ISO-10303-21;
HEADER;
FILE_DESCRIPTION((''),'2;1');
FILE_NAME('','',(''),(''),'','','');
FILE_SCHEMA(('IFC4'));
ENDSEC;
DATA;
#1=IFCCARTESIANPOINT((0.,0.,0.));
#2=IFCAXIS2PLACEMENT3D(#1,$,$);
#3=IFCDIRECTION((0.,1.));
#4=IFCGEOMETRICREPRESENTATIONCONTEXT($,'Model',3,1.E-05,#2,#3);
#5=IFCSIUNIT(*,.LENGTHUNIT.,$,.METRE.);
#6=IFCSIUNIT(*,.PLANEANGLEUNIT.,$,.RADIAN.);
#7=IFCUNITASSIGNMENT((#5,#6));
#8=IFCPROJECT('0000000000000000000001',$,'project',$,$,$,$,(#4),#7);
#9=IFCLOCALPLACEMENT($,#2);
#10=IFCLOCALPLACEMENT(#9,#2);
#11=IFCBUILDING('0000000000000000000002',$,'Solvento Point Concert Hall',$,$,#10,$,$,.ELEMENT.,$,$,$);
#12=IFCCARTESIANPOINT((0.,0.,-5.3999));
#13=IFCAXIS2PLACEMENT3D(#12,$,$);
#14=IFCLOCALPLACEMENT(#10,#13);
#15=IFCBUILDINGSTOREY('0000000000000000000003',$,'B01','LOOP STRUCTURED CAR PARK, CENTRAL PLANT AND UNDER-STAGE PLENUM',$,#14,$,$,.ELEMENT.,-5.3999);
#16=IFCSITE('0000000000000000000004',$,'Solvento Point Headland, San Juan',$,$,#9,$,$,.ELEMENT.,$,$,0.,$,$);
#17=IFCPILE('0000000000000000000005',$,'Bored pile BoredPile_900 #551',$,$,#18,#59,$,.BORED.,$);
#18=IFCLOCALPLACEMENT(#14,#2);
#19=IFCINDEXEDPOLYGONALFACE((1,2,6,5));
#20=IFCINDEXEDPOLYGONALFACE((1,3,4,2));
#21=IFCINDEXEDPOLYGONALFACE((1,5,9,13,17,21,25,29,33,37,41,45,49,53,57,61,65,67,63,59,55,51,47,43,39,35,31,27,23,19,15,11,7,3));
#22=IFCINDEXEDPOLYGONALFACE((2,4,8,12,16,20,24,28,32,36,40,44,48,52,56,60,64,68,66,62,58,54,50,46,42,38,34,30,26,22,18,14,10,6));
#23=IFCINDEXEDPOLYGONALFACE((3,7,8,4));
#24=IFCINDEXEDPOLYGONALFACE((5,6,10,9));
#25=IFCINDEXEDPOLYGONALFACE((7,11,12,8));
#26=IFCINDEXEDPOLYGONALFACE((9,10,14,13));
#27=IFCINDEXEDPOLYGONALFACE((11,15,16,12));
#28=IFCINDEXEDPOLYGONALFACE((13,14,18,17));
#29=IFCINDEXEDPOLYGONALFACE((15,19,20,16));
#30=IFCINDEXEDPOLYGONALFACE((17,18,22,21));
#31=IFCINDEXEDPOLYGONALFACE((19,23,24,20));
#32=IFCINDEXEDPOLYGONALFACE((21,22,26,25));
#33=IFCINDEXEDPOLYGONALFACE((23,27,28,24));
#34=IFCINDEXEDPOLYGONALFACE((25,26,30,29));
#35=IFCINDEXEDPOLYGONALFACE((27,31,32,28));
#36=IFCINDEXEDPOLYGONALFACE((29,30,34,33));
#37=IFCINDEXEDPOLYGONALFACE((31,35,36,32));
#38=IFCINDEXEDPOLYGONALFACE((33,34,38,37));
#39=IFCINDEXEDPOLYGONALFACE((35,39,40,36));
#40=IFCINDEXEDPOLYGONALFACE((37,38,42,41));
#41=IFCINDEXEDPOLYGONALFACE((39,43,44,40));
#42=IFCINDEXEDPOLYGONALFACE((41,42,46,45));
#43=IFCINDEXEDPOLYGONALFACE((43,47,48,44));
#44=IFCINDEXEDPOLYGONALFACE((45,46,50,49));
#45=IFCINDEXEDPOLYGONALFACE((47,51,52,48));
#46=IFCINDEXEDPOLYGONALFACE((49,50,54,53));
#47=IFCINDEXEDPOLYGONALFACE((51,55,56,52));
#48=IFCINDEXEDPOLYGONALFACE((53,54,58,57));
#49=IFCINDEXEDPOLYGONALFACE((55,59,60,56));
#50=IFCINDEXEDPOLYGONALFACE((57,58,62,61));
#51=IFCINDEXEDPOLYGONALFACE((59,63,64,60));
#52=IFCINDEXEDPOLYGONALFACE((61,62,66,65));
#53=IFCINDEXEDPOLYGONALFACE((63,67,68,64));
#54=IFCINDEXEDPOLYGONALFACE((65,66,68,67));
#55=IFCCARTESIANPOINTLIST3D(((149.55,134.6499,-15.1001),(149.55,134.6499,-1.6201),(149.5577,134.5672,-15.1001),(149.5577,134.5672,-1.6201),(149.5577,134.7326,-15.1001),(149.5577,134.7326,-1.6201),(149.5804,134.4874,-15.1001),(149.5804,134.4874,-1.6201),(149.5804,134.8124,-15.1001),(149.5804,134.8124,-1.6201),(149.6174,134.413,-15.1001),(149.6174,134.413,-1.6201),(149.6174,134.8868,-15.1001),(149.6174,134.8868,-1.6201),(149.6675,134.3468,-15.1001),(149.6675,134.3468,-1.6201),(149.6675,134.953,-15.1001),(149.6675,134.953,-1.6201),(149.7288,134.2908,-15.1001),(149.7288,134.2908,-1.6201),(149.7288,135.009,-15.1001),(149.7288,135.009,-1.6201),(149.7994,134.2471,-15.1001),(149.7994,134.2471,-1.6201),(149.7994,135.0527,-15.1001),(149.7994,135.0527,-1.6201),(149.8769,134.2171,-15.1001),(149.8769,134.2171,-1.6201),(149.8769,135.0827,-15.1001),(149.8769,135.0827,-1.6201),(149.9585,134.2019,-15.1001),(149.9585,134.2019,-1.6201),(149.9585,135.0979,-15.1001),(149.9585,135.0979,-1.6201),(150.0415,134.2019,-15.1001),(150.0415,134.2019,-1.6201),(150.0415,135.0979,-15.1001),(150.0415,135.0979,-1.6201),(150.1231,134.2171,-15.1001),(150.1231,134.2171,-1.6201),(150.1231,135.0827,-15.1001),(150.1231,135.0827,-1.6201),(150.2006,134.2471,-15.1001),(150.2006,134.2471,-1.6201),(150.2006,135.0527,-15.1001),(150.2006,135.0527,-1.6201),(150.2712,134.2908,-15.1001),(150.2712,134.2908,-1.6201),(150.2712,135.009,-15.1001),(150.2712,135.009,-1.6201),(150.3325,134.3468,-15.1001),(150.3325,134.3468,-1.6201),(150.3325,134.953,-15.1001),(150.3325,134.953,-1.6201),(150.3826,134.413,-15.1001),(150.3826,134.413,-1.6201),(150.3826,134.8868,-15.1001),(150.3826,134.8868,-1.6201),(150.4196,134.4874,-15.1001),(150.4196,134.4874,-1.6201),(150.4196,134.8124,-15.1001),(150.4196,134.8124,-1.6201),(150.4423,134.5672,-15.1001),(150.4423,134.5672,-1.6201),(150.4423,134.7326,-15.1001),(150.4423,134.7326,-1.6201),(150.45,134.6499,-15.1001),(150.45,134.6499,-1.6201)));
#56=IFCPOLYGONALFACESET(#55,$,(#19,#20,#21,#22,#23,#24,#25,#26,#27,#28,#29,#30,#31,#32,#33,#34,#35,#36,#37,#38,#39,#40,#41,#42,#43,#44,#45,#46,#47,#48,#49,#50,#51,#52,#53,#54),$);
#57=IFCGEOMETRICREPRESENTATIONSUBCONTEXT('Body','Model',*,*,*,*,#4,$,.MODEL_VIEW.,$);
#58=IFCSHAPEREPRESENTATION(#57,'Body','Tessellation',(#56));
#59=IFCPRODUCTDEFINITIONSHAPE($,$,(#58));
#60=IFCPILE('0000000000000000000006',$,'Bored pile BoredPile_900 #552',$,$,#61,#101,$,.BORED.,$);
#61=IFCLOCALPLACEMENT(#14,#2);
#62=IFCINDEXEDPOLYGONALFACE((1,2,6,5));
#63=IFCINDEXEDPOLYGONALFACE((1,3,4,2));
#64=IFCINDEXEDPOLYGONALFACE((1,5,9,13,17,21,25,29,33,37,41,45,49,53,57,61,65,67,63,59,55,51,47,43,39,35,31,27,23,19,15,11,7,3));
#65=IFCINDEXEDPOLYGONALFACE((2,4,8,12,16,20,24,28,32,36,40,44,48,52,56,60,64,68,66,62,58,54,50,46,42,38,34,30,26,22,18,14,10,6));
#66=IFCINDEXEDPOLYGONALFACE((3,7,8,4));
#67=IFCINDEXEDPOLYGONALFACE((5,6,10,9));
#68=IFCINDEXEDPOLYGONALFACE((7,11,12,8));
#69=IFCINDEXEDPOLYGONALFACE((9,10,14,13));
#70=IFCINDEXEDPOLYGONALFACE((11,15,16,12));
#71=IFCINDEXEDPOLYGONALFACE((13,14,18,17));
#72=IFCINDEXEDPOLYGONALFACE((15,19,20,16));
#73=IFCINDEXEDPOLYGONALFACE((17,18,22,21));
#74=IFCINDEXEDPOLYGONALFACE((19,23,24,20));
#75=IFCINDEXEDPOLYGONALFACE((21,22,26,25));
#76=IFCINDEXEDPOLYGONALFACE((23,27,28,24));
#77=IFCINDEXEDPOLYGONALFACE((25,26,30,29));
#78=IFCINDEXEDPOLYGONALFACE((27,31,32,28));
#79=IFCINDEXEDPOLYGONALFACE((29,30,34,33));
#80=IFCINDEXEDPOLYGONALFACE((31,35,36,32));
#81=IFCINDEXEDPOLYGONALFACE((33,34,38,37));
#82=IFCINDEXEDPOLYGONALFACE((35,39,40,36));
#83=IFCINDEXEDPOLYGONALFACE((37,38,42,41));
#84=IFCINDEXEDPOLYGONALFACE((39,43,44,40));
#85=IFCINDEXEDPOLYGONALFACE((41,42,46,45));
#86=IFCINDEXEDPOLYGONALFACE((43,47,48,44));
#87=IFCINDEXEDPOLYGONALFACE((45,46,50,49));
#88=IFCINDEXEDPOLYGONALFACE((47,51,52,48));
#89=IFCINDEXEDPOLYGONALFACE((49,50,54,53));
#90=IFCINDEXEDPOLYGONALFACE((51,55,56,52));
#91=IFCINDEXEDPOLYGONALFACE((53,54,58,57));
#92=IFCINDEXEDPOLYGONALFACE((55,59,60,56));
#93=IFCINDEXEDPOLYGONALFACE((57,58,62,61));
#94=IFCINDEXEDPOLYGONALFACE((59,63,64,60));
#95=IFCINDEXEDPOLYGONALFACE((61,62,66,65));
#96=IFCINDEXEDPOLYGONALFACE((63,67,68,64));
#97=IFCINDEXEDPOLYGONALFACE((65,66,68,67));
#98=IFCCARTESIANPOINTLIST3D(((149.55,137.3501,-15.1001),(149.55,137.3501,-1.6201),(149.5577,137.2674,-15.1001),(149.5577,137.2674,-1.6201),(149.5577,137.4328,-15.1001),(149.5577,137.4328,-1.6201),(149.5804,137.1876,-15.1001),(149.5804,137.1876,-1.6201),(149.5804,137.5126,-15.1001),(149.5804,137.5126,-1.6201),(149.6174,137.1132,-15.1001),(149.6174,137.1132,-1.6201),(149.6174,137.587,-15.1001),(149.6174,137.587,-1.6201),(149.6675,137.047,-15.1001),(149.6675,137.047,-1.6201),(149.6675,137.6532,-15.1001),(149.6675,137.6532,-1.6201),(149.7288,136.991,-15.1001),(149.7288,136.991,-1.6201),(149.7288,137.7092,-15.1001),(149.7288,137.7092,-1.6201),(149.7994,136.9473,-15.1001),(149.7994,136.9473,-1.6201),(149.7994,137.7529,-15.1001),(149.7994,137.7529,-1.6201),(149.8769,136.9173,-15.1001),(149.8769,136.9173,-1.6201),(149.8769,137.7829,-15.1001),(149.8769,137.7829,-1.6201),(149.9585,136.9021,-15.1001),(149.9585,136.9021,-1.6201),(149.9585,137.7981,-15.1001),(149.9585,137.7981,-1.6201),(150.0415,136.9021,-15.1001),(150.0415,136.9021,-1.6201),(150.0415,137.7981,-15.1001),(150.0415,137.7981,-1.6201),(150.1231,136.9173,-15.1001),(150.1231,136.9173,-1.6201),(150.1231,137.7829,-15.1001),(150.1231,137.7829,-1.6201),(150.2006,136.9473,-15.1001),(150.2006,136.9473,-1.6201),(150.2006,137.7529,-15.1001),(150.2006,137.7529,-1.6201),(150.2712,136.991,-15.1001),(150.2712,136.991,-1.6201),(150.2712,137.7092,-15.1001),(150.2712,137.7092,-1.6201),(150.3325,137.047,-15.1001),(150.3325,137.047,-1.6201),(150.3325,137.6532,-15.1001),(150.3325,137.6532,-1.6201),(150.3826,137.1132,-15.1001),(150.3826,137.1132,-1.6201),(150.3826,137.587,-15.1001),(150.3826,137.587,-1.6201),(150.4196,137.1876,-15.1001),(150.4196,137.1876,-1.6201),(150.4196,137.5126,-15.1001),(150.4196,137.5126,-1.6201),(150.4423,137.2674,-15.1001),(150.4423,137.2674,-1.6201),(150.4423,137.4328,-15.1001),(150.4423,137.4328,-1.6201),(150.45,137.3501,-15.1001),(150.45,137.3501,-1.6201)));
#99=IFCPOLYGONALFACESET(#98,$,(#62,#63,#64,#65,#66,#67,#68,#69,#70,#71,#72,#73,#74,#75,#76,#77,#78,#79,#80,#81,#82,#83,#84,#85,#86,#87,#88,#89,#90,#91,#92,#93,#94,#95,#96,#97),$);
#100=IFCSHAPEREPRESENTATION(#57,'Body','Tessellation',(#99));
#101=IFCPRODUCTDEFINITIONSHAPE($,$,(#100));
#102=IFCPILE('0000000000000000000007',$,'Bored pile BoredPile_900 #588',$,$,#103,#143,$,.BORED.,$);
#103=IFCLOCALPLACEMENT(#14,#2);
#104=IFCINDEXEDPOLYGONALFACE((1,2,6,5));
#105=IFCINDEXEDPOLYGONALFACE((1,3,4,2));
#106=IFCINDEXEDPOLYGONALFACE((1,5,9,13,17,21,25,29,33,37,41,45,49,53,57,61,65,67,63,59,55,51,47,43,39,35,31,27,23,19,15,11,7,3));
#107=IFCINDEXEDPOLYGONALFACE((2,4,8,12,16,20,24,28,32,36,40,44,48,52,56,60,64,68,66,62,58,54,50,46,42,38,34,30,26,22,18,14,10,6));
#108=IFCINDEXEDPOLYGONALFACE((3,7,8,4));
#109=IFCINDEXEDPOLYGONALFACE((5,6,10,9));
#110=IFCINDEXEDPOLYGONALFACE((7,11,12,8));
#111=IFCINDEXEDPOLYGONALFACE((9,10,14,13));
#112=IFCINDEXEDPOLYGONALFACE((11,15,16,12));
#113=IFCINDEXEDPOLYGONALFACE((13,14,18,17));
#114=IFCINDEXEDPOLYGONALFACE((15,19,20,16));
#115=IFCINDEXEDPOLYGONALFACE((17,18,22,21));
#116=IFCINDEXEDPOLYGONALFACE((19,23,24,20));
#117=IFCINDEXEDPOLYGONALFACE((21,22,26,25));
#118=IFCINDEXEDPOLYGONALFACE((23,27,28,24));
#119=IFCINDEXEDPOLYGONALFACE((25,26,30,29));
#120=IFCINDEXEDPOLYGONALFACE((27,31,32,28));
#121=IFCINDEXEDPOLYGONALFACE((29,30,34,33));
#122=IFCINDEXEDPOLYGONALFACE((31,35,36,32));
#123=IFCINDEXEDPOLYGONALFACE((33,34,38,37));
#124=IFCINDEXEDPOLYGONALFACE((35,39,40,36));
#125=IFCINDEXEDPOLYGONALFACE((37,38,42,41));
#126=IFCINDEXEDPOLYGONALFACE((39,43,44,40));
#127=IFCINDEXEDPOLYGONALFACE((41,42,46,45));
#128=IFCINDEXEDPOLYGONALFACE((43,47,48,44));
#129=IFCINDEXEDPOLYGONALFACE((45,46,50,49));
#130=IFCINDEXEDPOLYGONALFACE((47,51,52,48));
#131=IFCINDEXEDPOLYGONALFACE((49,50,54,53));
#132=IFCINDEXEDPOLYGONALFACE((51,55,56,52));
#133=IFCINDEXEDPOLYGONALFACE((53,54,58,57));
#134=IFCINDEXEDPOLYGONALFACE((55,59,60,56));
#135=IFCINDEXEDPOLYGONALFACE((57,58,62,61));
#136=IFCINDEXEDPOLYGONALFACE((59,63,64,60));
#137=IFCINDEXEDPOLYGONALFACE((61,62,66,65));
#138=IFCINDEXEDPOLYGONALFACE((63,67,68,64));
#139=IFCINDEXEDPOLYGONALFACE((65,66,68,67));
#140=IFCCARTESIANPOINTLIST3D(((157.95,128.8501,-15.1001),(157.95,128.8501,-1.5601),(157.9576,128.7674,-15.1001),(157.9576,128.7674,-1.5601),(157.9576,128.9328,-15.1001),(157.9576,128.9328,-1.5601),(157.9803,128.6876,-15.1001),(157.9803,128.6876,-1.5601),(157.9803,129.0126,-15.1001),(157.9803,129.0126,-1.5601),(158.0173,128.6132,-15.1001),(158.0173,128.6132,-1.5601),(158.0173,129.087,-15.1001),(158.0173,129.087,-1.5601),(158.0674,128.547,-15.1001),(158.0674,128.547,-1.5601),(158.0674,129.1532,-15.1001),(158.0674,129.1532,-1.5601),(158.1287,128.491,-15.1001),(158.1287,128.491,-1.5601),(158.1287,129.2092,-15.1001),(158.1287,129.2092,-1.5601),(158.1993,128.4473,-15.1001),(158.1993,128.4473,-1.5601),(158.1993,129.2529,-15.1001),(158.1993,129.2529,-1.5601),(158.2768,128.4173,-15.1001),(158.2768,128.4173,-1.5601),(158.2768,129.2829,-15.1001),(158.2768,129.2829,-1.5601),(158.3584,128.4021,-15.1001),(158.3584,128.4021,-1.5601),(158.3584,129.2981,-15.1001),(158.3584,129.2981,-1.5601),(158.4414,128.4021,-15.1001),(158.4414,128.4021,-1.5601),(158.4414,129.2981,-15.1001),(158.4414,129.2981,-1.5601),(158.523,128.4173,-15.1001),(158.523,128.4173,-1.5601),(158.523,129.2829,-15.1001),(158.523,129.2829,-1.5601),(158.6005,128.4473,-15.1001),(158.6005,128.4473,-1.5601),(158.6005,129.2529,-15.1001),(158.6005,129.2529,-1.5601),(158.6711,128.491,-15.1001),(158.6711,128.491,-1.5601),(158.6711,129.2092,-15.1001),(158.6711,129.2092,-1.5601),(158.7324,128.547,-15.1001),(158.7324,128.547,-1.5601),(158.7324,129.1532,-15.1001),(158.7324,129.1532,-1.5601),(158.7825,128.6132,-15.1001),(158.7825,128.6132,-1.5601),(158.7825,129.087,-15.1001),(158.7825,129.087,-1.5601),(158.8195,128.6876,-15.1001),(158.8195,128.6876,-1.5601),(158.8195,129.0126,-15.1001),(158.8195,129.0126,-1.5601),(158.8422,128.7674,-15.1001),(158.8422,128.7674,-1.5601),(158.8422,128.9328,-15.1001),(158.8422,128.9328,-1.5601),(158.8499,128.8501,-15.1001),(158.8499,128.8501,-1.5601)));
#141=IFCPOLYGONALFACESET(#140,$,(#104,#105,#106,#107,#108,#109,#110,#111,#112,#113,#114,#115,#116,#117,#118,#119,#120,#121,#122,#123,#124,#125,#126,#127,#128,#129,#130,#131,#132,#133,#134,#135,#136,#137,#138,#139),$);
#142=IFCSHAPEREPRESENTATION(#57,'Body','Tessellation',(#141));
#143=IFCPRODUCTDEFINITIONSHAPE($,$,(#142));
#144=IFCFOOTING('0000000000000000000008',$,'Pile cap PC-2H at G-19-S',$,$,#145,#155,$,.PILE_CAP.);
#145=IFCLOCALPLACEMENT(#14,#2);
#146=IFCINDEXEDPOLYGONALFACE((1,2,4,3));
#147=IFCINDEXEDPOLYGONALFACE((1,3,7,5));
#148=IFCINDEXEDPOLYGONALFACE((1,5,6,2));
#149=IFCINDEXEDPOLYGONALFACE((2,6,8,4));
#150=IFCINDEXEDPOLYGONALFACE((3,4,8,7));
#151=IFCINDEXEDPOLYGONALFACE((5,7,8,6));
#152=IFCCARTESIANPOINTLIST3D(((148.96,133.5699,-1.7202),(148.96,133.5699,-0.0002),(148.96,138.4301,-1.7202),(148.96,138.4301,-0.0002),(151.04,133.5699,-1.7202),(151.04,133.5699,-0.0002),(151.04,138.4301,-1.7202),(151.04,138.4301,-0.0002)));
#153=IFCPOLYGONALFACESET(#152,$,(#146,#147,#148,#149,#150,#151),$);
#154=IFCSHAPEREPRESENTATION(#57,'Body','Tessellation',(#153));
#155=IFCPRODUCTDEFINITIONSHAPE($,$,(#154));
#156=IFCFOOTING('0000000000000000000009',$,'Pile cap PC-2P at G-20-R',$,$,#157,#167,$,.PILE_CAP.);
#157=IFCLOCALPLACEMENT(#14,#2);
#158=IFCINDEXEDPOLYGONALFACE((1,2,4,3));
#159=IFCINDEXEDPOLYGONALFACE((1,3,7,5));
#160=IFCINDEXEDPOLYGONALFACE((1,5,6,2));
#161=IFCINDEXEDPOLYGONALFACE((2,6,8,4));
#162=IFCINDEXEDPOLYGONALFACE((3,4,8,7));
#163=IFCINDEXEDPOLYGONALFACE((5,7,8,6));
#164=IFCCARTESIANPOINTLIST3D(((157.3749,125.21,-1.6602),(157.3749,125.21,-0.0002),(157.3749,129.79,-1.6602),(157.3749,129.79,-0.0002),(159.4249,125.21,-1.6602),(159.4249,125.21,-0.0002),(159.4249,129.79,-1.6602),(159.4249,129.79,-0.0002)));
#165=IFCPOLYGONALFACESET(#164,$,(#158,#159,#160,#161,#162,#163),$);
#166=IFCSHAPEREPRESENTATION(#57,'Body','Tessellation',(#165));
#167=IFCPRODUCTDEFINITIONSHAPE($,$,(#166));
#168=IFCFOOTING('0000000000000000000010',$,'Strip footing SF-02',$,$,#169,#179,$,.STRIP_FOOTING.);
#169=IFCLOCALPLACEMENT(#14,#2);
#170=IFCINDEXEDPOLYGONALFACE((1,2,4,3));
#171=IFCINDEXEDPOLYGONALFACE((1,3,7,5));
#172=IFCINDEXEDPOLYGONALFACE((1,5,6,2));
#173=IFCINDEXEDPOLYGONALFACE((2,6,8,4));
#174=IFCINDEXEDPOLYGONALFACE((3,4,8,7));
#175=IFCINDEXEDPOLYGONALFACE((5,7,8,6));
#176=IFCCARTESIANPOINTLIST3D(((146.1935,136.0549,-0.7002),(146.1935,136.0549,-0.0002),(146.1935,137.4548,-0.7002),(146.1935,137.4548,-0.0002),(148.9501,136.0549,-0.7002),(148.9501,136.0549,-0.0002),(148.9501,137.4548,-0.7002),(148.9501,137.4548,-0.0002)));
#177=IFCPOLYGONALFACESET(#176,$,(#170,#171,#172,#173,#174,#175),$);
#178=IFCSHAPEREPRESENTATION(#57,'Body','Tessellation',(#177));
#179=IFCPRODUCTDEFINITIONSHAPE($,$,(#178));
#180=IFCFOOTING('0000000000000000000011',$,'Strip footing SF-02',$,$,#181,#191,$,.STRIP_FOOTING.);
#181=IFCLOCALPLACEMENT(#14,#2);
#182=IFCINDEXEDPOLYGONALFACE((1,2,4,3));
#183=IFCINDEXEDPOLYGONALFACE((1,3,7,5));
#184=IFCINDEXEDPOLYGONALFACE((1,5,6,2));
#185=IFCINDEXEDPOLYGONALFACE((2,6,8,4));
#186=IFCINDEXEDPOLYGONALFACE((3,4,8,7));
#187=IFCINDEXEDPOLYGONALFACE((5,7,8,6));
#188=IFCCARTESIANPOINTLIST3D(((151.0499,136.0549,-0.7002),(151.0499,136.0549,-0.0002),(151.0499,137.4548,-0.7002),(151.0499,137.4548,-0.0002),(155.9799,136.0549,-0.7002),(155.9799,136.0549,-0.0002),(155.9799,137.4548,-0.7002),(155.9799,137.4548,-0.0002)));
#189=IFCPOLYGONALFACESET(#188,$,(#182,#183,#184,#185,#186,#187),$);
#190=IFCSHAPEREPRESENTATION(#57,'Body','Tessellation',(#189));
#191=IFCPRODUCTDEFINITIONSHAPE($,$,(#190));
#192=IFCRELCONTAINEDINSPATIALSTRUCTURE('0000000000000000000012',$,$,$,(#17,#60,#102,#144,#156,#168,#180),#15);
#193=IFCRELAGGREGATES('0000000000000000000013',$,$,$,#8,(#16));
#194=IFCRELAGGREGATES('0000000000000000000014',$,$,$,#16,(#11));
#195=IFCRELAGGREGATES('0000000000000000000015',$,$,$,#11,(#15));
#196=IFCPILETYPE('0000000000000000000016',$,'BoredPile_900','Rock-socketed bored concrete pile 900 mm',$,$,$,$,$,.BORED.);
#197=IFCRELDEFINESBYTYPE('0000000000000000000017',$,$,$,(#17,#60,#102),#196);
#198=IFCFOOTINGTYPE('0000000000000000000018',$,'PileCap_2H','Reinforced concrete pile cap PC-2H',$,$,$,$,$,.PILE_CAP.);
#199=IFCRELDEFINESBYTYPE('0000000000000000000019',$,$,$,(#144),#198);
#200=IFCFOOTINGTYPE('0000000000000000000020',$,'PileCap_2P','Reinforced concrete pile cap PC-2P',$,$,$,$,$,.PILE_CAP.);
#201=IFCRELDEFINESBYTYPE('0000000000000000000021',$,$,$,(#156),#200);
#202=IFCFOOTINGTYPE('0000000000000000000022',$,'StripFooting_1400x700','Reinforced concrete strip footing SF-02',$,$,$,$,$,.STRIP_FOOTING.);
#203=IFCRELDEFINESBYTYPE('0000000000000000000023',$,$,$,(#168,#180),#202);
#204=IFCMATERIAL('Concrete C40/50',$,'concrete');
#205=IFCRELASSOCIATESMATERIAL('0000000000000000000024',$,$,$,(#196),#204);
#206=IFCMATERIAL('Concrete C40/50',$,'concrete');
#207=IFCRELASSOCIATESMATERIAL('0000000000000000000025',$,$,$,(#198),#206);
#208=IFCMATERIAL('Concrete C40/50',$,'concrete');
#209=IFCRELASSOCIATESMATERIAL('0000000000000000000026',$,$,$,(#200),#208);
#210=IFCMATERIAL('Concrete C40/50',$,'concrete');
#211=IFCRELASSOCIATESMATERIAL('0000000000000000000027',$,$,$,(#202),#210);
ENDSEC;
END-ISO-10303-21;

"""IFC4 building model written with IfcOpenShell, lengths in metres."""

from ifc_helpers import new_model, si_unit, direction, frame, origin, origin_2d, place, context, subcontext, project, spatial, rectangle, circle, extrude, material, material_profile, profile_set, type_object, element, save


model = new_model("IFC4")

# Units and contexts
model_context = context("Model", 3, precision=1e-05, world=origin(), true_north=direction((0.0, 1.0)))
body_context = subcontext(model_context, "Body", "Model", "MODEL_VIEW")
ifc_project = project(units=[si_unit("LENGTHUNIT", "METRE"), si_unit("PLANEANGLEUNIT", "RADIAN")], contexts=[model_context])

# Site, building, storey
site_placement = place(None, origin())
site = spatial("IfcSite", under=ifc_project, at=site_placement, Name="Solvento Point Headland, San Juan", CompositionType="ELEMENT", RefElevation=0.0)
building_placement = place(site_placement, origin())
building = spatial("IfcBuilding", under=site, at=building_placement, Name="Solvento Point Concert Hall", CompositionType="ELEMENT")
storey_placement = place(building_placement, frame((0.0, 0.0, -5.3999)))
storey = spatial("IfcBuildingStorey", under=building, at=storey_placement, Name="B01", Description="LOOP STRUCTURED CAR PARK, CENTRAL PLANT AND UNDER-STAGE PLENUM", CompositionType="ELEMENT", Elevation=-5.3999)

# Piles
ifc_material_1 = material(Name="Concrete C40/50", Category="concrete")
ifc_material_profile_1 = material_profile(ifc_material_1, circle(Radius=0.45, at=origin_2d()), Name="BP-900")
ifc_profile_set_1 = profile_set([ifc_material_profile_1], Name="Concrete C40/50")
pile_type_1 = type_object("IfcPileType", Name="BoredPile_900", Description="Rock-socketed bored concrete pile 900 mm", PredefinedType="BORED", material=ifc_profile_set_1)
for number, where, z_axis, x_axis, name in (
    (1, (150.0, 134.6499, -1.6201), (0.0, 0.0, -1.0), (1.0, 0.0, 0.0), "Bored pile BoredPile_900 #551"),
    (2, (150.0, 137.3501, -1.6201), (0.0, 0.0, -1.0), (1.0, 0.0, 0.0), "Bored pile BoredPile_900 #552"),
):
    element("IfcPile", number, at=place(storey_placement, frame(where, z_axis=z_axis, x_axis=x_axis)), inside=storey, type_object=pile_type_1, Name=name, PredefinedType="BORED", context=body_context, shape_type="SweptSolid", body=[
        extrude(circle(Radius=0.45, at=origin_2d()), origin(), (0.0, 0.0, 1.0), 13.48),
    ])
pile_placement = place(storey_placement, frame((158.3999, 128.8501, -1.5601), z_axis=(0.0, 0.0, -1.0), x_axis=(1.0, 0.0, 0.0)))
element("IfcPile", 3, at=pile_placement, inside=storey, type_object=pile_type_1, Name="Bored pile BoredPile_900 #588", PredefinedType="BORED", context=body_context, shape_type="SweptSolid", body=[
    extrude(circle(Radius=0.45, at=origin_2d()), origin(), (0.0, 0.0, 1.0), 13.54),
])

# Footings
ifc_material_2 = material(Name="Concrete C40/50", Category="concrete")
footing_type_1 = type_object("IfcFootingType", Name="PileCap_2H", Description="Reinforced concrete pile cap PC-2H", PredefinedType="PILE_CAP", material=ifc_material_2)
footing_1_placement = place(storey_placement, frame((150.0, 136.0, -1.7202), z_axis=(0.0, 0.0, 1.0), x_axis=(1.0, 0.0, 0.0)))
element("IfcFooting", 4, at=footing_1_placement, inside=storey, type_object=footing_type_1, Name="Pile cap PC-2H at G-19-S", PredefinedType="PILE_CAP", context=body_context, shape_type="SweptSolid", body=[
    extrude(rectangle(XDim=2.0801, YDim=4.8601, at=origin_2d()), origin(), (0.0, 0.0, 1.0), 1.72),
])
ifc_material_3 = material(Name="Concrete C40/50", Category="concrete")
footing_type_2 = type_object("IfcFootingType", Name="PileCap_2P", Description="Reinforced concrete pile cap PC-2P", PredefinedType="PILE_CAP", material=ifc_material_3)
footing_2_placement = place(storey_placement, frame((158.3999, 127.5, -1.6602), z_axis=(0.0, 0.0, 1.0), x_axis=(1.0, 0.0, 0.0)))
element("IfcFooting", 5, at=footing_2_placement, inside=storey, type_object=footing_type_2, Name="Pile cap PC-2P at G-20-R", PredefinedType="PILE_CAP", context=body_context, shape_type="SweptSolid", body=[
    extrude(rectangle(XDim=2.05, YDim=4.5801, at=origin_2d()), origin(), (0.0, 0.0, 1.0), 1.6599),
])
ifc_material_4 = material(Name="Concrete C40/50", Category="concrete")
footing_type_3 = type_object("IfcFootingType", Name="StripFooting_1400x700", Description="Reinforced concrete strip footing SF-02", PredefinedType="STRIP_FOOTING", material=ifc_material_4)
footing_3_placement = place(storey_placement, frame((147.5718, 136.7549, -0.7002), z_axis=(0.0, 0.0, 1.0), x_axis=(1.0, 0.0, 0.0)))
element("IfcFooting", 6, at=footing_3_placement, inside=storey, type_object=footing_type_3, Name="Strip footing SF-02", PredefinedType="STRIP_FOOTING", context=body_context, shape_type="SweptSolid", body=[
    extrude(rectangle(XDim=2.7566, YDim=1.3999, at=origin_2d()), origin(), (0.0, 0.0, 1.0), 0.7),
])
footing_4_placement = place(storey_placement, frame((153.5149, 136.7549, -0.7002), z_axis=(0.0, 0.0, 1.0), x_axis=(1.0, 0.0, 0.0)))
element("IfcFooting", 7, at=footing_4_placement, inside=storey, type_object=footing_type_3, Name="Strip footing SF-02", PredefinedType="STRIP_FOOTING", context=body_context, shape_type="SweptSolid", body=[
    extrude(rectangle(XDim=4.9299, YDim=1.3999, at=origin_2d()), origin(), (0.0, 0.0, 1.0), 0.7),
])

save(model, "model.ifc")
